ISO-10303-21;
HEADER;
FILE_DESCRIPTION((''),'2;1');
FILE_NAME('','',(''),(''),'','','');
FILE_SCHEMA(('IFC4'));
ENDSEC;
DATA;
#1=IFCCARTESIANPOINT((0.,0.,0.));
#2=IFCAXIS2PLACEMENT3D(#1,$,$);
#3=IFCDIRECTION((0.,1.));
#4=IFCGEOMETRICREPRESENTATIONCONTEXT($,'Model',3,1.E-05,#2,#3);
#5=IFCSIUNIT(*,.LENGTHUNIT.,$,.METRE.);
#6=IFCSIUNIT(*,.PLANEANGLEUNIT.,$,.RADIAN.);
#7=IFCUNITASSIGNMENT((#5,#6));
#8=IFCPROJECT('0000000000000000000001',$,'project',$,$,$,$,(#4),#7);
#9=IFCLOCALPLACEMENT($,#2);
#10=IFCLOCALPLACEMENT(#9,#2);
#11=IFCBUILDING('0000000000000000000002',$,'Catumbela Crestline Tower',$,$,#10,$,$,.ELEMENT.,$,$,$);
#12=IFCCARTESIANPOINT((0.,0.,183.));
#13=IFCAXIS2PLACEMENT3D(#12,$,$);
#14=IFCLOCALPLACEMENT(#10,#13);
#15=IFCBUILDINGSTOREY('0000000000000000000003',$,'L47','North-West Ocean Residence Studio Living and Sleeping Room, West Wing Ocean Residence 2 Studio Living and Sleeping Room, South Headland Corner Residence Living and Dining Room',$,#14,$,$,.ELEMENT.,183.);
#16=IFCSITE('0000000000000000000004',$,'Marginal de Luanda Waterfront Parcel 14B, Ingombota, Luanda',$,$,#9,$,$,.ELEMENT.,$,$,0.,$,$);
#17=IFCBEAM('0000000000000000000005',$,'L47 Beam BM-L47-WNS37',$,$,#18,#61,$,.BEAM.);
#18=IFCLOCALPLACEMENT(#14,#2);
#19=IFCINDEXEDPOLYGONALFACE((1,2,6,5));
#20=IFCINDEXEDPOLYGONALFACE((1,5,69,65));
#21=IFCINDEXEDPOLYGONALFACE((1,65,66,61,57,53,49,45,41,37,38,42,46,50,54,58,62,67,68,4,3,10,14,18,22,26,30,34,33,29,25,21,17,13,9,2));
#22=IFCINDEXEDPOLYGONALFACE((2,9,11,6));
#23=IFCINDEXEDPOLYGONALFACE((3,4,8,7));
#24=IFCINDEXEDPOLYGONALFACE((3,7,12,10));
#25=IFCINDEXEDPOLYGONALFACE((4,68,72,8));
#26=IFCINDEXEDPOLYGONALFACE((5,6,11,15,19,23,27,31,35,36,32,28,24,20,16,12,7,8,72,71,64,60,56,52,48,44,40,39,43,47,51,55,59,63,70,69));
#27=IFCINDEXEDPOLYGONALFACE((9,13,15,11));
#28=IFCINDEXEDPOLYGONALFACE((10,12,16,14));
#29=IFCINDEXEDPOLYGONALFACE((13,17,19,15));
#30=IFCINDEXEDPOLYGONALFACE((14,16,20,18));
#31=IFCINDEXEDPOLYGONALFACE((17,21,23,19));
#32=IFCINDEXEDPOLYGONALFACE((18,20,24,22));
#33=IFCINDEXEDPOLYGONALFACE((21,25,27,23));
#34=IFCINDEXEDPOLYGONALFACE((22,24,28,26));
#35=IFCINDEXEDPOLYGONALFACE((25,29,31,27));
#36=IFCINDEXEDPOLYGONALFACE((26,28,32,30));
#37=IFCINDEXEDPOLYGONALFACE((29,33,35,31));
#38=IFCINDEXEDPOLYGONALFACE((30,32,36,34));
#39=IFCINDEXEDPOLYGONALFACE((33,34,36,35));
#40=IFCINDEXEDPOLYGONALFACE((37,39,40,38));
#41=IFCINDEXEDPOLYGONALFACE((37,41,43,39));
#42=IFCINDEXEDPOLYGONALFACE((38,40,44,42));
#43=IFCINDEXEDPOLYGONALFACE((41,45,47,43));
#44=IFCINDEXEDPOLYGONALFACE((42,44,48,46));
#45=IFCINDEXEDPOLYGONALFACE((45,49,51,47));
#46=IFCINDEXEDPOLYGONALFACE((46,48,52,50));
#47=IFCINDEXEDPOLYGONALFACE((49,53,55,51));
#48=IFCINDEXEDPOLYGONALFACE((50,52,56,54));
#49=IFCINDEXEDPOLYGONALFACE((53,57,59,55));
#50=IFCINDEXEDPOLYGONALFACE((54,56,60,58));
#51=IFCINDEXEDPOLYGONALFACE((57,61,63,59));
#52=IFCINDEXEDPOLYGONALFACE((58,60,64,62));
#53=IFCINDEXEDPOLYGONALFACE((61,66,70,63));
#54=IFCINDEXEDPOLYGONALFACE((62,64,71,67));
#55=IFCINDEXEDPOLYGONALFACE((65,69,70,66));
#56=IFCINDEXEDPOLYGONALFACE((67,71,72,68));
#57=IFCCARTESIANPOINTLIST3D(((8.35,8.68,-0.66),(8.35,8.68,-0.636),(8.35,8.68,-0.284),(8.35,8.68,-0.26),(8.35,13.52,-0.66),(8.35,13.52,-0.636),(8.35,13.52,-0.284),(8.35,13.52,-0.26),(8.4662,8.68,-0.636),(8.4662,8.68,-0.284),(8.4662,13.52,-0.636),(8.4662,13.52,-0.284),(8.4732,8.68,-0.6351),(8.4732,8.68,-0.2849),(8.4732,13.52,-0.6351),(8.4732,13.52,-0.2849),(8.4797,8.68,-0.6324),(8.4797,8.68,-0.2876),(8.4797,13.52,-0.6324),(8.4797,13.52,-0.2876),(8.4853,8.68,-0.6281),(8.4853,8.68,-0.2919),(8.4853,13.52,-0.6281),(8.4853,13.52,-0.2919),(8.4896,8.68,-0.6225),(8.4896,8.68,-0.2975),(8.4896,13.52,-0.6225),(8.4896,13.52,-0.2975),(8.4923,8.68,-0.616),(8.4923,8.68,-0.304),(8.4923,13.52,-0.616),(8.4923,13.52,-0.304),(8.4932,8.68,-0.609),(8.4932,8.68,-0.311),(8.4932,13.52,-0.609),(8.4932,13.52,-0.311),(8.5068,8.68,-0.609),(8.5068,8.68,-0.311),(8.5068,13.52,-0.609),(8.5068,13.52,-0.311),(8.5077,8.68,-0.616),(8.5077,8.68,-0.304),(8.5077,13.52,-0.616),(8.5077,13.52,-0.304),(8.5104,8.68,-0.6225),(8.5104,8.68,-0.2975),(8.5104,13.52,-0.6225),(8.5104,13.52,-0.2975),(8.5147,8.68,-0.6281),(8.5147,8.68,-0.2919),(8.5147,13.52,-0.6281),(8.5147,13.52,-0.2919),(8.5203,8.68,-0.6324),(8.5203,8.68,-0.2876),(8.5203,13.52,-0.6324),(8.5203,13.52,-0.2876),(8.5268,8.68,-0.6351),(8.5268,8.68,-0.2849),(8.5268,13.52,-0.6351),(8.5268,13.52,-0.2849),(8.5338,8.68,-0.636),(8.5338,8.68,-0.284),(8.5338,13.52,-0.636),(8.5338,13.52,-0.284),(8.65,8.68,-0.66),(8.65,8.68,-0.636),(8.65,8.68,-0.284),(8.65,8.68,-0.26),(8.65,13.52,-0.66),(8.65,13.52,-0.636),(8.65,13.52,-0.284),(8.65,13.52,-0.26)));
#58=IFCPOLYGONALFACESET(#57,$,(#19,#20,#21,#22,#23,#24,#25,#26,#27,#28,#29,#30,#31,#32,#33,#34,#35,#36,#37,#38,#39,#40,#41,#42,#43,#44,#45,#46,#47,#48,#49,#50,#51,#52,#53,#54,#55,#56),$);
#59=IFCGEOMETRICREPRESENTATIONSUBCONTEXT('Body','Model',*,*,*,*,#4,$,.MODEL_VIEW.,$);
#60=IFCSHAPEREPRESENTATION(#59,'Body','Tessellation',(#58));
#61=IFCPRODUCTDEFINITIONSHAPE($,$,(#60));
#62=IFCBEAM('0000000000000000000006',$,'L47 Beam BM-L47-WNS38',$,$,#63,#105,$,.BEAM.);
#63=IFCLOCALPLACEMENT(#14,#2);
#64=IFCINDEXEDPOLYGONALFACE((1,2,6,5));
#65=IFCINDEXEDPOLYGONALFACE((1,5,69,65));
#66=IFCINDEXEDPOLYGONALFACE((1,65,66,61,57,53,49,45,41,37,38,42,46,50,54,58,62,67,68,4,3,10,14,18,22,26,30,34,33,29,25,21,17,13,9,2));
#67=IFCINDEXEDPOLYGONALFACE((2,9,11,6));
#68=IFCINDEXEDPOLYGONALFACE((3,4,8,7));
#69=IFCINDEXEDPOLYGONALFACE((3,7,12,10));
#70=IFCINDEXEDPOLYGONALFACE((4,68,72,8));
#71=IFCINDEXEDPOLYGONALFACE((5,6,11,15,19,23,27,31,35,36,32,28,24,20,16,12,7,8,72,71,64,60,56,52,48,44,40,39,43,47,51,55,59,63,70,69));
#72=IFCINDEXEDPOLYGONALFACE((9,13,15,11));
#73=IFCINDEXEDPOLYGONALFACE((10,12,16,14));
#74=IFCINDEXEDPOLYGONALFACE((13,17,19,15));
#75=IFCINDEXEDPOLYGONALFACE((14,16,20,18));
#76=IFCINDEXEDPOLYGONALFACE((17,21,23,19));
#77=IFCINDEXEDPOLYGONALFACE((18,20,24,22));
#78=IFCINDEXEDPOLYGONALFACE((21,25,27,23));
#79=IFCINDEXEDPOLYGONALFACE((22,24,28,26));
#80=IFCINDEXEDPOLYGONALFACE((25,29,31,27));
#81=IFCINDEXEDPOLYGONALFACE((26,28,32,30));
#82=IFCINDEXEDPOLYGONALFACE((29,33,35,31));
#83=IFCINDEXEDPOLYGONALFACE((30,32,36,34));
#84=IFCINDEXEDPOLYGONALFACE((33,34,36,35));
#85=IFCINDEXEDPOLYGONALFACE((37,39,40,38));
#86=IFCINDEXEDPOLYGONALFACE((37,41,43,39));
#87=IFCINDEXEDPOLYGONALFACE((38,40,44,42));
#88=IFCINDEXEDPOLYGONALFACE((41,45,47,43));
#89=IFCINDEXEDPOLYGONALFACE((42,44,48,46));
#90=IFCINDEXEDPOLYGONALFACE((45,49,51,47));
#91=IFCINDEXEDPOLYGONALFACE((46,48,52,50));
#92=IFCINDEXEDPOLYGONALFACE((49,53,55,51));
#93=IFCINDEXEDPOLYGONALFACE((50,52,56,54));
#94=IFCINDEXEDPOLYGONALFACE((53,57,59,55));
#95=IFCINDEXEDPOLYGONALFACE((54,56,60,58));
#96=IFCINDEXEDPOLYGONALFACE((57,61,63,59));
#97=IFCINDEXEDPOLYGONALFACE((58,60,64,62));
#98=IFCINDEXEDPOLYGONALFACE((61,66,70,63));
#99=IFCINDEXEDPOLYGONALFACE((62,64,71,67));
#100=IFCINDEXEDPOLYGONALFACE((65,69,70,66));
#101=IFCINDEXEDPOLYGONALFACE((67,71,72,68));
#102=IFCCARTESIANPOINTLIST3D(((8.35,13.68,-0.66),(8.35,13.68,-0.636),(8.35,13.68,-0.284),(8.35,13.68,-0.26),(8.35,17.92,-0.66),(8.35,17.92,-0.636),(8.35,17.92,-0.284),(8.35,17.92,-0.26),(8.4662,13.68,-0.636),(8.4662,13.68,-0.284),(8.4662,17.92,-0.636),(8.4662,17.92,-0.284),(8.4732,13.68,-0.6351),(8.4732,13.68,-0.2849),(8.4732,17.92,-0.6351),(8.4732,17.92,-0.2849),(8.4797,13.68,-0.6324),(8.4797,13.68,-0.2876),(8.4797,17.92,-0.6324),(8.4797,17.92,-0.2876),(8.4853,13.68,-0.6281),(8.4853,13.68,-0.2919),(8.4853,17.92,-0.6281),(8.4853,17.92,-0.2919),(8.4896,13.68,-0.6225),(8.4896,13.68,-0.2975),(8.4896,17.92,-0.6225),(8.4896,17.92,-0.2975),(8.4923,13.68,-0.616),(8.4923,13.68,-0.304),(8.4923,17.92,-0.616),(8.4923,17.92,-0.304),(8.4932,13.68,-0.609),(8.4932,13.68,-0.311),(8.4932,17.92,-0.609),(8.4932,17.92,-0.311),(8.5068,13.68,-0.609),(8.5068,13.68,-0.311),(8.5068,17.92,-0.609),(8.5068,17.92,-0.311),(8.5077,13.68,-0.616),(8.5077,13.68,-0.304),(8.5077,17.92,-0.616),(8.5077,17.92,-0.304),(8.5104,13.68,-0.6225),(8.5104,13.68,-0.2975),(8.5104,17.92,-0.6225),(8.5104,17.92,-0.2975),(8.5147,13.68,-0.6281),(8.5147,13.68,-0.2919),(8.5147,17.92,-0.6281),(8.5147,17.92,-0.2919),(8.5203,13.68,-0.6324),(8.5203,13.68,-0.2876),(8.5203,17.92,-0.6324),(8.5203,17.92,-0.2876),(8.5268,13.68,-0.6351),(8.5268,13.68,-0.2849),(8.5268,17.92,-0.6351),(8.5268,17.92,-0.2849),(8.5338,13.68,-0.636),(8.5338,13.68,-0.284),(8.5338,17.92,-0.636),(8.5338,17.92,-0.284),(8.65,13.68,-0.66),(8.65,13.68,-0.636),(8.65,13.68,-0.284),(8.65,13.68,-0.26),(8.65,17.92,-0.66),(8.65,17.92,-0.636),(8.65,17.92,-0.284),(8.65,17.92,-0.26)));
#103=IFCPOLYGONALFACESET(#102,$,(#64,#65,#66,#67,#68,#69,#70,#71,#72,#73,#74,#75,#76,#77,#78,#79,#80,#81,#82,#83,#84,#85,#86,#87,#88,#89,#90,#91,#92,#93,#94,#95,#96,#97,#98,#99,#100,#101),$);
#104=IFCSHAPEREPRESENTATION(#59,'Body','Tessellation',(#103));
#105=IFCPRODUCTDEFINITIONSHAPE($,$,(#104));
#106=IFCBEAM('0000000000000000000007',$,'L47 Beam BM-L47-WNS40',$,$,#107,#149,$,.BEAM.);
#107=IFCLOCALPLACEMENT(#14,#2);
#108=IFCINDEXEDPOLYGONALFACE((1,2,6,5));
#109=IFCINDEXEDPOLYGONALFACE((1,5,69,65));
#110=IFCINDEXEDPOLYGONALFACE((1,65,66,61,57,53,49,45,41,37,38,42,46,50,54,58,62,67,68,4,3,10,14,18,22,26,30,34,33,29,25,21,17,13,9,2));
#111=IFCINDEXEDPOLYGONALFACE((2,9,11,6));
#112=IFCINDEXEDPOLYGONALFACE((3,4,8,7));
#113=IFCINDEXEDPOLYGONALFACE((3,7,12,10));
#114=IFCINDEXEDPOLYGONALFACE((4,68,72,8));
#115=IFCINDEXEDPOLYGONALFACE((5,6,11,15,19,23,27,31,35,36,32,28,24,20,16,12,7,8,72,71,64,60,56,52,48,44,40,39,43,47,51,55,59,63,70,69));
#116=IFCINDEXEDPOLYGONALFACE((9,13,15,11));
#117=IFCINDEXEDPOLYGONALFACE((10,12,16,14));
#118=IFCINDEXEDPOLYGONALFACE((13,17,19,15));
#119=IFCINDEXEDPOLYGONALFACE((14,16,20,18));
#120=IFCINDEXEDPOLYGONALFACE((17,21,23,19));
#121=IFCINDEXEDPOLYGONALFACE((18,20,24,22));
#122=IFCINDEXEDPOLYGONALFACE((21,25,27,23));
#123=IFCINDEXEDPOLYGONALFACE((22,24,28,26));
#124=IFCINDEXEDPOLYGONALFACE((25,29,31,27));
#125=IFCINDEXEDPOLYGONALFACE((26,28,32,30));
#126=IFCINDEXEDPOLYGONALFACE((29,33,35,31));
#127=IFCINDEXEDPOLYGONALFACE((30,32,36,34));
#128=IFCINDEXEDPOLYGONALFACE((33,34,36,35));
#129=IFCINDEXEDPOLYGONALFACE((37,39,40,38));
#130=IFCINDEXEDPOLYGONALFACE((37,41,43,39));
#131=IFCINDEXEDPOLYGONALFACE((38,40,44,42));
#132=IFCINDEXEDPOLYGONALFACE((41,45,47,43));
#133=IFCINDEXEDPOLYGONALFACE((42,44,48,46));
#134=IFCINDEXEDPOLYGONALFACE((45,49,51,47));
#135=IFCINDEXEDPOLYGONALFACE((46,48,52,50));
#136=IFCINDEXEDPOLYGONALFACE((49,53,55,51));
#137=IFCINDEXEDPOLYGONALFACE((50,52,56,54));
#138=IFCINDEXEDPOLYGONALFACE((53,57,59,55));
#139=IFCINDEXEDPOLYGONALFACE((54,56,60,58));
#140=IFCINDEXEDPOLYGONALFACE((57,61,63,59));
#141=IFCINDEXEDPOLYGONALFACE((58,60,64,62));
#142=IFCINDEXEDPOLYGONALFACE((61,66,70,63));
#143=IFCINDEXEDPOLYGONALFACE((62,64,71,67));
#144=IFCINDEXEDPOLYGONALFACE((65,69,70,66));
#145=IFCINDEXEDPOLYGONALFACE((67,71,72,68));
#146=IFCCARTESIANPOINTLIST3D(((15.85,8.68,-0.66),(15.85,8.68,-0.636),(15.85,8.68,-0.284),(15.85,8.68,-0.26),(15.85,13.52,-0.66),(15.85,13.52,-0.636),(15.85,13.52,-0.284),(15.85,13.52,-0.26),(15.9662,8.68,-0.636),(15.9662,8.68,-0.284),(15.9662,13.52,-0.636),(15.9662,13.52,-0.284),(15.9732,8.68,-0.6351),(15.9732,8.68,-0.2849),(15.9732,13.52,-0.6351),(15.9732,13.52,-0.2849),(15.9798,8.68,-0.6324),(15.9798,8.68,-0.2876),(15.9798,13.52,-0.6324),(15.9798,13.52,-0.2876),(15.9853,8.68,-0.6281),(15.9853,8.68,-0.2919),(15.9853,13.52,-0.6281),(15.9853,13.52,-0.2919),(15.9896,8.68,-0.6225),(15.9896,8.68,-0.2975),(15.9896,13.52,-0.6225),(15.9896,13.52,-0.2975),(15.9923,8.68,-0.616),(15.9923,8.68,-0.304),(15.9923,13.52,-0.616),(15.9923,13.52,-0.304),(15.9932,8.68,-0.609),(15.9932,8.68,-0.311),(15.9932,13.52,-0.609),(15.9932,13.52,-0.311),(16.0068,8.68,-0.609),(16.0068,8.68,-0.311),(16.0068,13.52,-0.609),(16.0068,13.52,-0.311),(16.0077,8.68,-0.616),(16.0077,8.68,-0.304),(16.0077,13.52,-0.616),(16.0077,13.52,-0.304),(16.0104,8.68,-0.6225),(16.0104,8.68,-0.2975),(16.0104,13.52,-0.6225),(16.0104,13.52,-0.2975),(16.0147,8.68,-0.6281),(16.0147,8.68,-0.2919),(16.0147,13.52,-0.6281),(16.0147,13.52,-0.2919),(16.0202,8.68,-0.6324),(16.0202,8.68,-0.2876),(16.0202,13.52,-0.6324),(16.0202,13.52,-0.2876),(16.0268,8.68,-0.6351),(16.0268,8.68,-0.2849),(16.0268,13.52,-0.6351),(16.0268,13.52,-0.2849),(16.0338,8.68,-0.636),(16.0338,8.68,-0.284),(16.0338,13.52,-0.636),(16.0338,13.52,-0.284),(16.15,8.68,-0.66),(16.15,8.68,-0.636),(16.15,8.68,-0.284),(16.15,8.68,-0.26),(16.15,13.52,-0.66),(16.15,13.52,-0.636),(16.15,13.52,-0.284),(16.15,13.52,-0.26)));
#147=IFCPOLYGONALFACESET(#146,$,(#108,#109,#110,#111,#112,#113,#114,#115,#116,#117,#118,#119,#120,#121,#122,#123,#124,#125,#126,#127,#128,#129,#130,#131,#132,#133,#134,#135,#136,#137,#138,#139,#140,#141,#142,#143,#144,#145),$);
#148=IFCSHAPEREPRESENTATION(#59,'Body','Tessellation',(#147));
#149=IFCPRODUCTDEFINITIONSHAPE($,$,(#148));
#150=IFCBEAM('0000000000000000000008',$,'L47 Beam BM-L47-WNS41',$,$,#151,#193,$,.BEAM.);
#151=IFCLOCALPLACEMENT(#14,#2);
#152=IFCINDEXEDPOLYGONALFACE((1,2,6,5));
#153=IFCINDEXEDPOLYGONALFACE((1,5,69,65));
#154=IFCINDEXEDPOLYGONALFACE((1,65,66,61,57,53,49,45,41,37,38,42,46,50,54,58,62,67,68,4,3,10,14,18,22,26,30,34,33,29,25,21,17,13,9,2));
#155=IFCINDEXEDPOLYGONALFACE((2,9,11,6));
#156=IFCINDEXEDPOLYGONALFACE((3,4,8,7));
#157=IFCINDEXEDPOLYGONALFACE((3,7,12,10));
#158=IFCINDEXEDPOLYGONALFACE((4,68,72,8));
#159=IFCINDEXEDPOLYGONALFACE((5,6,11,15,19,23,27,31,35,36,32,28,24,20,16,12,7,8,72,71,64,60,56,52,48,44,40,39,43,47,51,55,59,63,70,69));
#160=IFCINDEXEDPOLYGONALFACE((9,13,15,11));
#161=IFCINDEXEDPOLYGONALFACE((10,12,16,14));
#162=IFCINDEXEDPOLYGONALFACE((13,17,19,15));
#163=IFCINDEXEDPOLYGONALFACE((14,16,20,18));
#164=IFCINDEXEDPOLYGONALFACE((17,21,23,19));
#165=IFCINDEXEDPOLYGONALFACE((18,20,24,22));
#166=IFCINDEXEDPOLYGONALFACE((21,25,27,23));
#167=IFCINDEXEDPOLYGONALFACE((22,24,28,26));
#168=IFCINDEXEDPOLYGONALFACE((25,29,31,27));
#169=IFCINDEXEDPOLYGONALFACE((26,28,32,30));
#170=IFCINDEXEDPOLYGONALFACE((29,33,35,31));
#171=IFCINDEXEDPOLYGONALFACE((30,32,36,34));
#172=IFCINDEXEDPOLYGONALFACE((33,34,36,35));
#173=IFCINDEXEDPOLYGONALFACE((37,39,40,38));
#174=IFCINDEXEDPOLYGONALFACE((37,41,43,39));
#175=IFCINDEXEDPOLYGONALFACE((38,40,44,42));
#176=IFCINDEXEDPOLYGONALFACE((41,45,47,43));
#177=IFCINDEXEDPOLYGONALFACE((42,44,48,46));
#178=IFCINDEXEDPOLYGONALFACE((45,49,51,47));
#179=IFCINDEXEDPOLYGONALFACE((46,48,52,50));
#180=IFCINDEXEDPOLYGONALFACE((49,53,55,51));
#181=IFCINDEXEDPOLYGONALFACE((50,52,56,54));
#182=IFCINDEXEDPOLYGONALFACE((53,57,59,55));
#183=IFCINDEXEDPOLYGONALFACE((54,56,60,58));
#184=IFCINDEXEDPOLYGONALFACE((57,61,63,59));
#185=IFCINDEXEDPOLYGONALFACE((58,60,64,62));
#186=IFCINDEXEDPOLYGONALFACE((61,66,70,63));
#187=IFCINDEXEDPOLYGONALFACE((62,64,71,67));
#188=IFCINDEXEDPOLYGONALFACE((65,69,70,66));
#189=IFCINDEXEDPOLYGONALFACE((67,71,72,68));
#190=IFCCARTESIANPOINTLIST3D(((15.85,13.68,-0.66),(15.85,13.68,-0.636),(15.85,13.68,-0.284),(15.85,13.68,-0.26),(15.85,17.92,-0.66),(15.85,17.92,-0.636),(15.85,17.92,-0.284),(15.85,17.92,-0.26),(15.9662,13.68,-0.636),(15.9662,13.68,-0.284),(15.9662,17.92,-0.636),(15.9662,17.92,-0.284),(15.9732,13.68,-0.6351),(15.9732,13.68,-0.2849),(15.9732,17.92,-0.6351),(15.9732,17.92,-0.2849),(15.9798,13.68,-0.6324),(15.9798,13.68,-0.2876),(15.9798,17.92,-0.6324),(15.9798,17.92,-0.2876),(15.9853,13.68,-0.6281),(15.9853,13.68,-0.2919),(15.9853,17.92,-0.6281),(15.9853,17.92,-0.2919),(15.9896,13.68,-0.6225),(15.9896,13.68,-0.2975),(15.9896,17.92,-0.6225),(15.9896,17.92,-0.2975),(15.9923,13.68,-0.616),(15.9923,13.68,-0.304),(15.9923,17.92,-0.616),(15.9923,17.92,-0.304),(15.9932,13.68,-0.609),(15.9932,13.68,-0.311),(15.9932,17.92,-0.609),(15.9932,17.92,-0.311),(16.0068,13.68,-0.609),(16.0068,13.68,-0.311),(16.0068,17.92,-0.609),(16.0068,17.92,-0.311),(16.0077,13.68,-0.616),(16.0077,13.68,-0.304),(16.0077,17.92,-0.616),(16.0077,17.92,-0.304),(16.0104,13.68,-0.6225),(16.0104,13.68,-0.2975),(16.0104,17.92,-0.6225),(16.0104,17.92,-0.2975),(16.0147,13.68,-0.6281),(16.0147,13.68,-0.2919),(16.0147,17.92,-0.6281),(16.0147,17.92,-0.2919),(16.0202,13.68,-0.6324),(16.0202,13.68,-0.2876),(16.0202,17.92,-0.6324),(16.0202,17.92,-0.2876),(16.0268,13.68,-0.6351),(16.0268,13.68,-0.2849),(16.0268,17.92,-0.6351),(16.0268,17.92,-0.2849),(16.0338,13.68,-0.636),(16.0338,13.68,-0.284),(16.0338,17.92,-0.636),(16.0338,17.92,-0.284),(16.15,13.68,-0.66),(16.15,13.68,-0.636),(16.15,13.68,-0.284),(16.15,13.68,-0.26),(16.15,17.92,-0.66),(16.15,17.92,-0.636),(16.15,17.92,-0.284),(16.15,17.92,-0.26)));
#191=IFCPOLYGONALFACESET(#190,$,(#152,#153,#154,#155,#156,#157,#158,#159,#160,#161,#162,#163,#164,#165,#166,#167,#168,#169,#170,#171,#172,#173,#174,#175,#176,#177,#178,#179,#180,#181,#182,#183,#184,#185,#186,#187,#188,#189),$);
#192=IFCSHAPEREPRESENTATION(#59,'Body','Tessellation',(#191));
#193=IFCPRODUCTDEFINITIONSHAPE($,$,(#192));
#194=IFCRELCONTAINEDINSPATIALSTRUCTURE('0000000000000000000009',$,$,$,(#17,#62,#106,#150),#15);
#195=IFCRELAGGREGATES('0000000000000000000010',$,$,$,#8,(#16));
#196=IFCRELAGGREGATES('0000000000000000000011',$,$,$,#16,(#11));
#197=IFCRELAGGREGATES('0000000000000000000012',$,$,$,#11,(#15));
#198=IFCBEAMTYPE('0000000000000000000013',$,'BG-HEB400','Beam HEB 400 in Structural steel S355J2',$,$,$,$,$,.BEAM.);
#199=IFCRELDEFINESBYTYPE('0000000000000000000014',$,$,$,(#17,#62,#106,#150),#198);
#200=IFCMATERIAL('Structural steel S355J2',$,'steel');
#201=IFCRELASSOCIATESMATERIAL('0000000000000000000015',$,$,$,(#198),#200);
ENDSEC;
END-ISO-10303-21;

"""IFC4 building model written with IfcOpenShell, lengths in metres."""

from ifc_helpers import new_model, si_unit, direction, frame, origin, origin_2d, place, context, subcontext, project, spatial, i_section, extrude, material, material_profile, profile_set, type_object, element, save


model = new_model("IFC4")

# Units and contexts
model_context = context("Model", 3, precision=1e-05, world=origin(), true_north=direction((0.0, 1.0)))
body_context = subcontext(model_context, "Body", "Model", "MODEL_VIEW")
ifc_project = project(units=[si_unit("LENGTHUNIT", "METRE"), si_unit("PLANEANGLEUNIT", "RADIAN")], contexts=[model_context])

# Site, building, storey
site_placement = place(None, origin())
site = spatial("IfcSite", under=ifc_project, at=site_placement, Name="Marginal de Luanda Waterfront Parcel 14B, Ingombota, Luanda", CompositionType="ELEMENT", RefElevation=0.0)
building_placement = place(site_placement, origin())
building = spatial("IfcBuilding", under=site, at=building_placement, Name="Catumbela Crestline Tower", CompositionType="ELEMENT")
storey_placement = place(building_placement, frame((0.0, 0.0, 183.0)))
storey = spatial("IfcBuildingStorey", under=building, at=storey_placement, Name="L47", Description="North-West Ocean Residence Studio Living and Sleeping Room, West Wing Ocean Residence 2 Studio Living and Sleeping Room, South Headland Corner Residence Living and Dining Room", CompositionType="ELEMENT", Elevation=183.0)

# Shared definitions
ifc_material_1 = material(Name="Structural steel S355J2", Category="steel")

# Beams
ifc_material_profile_1 = material_profile(ifc_material_1, i_section(OverallWidth=0.3, OverallDepth=0.4, WebThickness=0.0135, FlangeThickness=0.024, FilletRadius=0.027, at=origin_2d()), Name="HEB 400")
ifc_profile_set_1 = profile_set([ifc_material_profile_1], Name="Structural steel S355J2")
beam_type_1 = type_object("IfcBeamType", Name="BG-HEB400", Description="Beam HEB 400 in Structural steel S355J2", PredefinedType="BEAM", material=ifc_profile_set_1)
beam_1_placement = place(storey_placement, frame((8.5, 8.68, -0.46), z_axis=(0.0, 1.0, 0.0), x_axis=(-1.0, 0.0, 0.0)))
element("IfcBeam", 1, at=beam_1_placement, inside=storey, type_object=beam_type_1, Name="L47 Beam BM-L47-WNS37", PredefinedType="BEAM", context=body_context, shape_type="SweptSolid", body=[
    extrude(i_section(OverallWidth=0.3, OverallDepth=0.4, WebThickness=0.0135, FlangeThickness=0.024, FilletRadius=0.027, at=origin_2d()), origin(), (0.0, 0.0, 1.0), 4.84),
])
beam_2_placement = place(storey_placement, frame((8.5, 13.68, -0.46), z_axis=(0.0, 1.0, 0.0), x_axis=(-1.0, 0.0, 0.0)))
element("IfcBeam", 2, at=beam_2_placement, inside=storey, type_object=beam_type_1, Name="L47 Beam BM-L47-WNS38", PredefinedType="BEAM", context=body_context, shape_type="SweptSolid", body=[
    extrude(i_section(OverallWidth=0.3, OverallDepth=0.4, WebThickness=0.0135, FlangeThickness=0.024, FilletRadius=0.027, at=origin_2d()), origin(), (0.0, 0.0, 1.0), 4.24),
])
beam_3_placement = place(storey_placement, frame((16.0, 8.68, -0.46), z_axis=(0.0, 1.0, 0.0), x_axis=(-1.0, 0.0, 0.0)))
element("IfcBeam", 3, at=beam_3_placement, inside=storey, type_object=beam_type_1, Name="L47 Beam BM-L47-WNS40", PredefinedType="BEAM", context=body_context, shape_type="SweptSolid", body=[
    extrude(i_section(OverallWidth=0.3, OverallDepth=0.4, WebThickness=0.0135, FlangeThickness=0.024, FilletRadius=0.027, at=origin_2d()), origin(), (0.0, 0.0, 1.0), 4.84),
])
beam_4_placement = place(storey_placement, frame((16.0, 13.68, -0.46), z_axis=(0.0, 1.0, 0.0), x_axis=(-1.0, 0.0, 0.0)))
element("IfcBeam", 4, at=beam_4_placement, inside=storey, type_object=beam_type_1, Name="L47 Beam BM-L47-WNS41", PredefinedType="BEAM", context=body_context, shape_type="SweptSolid", body=[
    extrude(i_section(OverallWidth=0.3, OverallDepth=0.4, WebThickness=0.0135, FlangeThickness=0.024, FilletRadius=0.027, at=origin_2d()), origin(), (0.0, 0.0, 1.0), 4.24),
])

save(model, "model.ifc")
